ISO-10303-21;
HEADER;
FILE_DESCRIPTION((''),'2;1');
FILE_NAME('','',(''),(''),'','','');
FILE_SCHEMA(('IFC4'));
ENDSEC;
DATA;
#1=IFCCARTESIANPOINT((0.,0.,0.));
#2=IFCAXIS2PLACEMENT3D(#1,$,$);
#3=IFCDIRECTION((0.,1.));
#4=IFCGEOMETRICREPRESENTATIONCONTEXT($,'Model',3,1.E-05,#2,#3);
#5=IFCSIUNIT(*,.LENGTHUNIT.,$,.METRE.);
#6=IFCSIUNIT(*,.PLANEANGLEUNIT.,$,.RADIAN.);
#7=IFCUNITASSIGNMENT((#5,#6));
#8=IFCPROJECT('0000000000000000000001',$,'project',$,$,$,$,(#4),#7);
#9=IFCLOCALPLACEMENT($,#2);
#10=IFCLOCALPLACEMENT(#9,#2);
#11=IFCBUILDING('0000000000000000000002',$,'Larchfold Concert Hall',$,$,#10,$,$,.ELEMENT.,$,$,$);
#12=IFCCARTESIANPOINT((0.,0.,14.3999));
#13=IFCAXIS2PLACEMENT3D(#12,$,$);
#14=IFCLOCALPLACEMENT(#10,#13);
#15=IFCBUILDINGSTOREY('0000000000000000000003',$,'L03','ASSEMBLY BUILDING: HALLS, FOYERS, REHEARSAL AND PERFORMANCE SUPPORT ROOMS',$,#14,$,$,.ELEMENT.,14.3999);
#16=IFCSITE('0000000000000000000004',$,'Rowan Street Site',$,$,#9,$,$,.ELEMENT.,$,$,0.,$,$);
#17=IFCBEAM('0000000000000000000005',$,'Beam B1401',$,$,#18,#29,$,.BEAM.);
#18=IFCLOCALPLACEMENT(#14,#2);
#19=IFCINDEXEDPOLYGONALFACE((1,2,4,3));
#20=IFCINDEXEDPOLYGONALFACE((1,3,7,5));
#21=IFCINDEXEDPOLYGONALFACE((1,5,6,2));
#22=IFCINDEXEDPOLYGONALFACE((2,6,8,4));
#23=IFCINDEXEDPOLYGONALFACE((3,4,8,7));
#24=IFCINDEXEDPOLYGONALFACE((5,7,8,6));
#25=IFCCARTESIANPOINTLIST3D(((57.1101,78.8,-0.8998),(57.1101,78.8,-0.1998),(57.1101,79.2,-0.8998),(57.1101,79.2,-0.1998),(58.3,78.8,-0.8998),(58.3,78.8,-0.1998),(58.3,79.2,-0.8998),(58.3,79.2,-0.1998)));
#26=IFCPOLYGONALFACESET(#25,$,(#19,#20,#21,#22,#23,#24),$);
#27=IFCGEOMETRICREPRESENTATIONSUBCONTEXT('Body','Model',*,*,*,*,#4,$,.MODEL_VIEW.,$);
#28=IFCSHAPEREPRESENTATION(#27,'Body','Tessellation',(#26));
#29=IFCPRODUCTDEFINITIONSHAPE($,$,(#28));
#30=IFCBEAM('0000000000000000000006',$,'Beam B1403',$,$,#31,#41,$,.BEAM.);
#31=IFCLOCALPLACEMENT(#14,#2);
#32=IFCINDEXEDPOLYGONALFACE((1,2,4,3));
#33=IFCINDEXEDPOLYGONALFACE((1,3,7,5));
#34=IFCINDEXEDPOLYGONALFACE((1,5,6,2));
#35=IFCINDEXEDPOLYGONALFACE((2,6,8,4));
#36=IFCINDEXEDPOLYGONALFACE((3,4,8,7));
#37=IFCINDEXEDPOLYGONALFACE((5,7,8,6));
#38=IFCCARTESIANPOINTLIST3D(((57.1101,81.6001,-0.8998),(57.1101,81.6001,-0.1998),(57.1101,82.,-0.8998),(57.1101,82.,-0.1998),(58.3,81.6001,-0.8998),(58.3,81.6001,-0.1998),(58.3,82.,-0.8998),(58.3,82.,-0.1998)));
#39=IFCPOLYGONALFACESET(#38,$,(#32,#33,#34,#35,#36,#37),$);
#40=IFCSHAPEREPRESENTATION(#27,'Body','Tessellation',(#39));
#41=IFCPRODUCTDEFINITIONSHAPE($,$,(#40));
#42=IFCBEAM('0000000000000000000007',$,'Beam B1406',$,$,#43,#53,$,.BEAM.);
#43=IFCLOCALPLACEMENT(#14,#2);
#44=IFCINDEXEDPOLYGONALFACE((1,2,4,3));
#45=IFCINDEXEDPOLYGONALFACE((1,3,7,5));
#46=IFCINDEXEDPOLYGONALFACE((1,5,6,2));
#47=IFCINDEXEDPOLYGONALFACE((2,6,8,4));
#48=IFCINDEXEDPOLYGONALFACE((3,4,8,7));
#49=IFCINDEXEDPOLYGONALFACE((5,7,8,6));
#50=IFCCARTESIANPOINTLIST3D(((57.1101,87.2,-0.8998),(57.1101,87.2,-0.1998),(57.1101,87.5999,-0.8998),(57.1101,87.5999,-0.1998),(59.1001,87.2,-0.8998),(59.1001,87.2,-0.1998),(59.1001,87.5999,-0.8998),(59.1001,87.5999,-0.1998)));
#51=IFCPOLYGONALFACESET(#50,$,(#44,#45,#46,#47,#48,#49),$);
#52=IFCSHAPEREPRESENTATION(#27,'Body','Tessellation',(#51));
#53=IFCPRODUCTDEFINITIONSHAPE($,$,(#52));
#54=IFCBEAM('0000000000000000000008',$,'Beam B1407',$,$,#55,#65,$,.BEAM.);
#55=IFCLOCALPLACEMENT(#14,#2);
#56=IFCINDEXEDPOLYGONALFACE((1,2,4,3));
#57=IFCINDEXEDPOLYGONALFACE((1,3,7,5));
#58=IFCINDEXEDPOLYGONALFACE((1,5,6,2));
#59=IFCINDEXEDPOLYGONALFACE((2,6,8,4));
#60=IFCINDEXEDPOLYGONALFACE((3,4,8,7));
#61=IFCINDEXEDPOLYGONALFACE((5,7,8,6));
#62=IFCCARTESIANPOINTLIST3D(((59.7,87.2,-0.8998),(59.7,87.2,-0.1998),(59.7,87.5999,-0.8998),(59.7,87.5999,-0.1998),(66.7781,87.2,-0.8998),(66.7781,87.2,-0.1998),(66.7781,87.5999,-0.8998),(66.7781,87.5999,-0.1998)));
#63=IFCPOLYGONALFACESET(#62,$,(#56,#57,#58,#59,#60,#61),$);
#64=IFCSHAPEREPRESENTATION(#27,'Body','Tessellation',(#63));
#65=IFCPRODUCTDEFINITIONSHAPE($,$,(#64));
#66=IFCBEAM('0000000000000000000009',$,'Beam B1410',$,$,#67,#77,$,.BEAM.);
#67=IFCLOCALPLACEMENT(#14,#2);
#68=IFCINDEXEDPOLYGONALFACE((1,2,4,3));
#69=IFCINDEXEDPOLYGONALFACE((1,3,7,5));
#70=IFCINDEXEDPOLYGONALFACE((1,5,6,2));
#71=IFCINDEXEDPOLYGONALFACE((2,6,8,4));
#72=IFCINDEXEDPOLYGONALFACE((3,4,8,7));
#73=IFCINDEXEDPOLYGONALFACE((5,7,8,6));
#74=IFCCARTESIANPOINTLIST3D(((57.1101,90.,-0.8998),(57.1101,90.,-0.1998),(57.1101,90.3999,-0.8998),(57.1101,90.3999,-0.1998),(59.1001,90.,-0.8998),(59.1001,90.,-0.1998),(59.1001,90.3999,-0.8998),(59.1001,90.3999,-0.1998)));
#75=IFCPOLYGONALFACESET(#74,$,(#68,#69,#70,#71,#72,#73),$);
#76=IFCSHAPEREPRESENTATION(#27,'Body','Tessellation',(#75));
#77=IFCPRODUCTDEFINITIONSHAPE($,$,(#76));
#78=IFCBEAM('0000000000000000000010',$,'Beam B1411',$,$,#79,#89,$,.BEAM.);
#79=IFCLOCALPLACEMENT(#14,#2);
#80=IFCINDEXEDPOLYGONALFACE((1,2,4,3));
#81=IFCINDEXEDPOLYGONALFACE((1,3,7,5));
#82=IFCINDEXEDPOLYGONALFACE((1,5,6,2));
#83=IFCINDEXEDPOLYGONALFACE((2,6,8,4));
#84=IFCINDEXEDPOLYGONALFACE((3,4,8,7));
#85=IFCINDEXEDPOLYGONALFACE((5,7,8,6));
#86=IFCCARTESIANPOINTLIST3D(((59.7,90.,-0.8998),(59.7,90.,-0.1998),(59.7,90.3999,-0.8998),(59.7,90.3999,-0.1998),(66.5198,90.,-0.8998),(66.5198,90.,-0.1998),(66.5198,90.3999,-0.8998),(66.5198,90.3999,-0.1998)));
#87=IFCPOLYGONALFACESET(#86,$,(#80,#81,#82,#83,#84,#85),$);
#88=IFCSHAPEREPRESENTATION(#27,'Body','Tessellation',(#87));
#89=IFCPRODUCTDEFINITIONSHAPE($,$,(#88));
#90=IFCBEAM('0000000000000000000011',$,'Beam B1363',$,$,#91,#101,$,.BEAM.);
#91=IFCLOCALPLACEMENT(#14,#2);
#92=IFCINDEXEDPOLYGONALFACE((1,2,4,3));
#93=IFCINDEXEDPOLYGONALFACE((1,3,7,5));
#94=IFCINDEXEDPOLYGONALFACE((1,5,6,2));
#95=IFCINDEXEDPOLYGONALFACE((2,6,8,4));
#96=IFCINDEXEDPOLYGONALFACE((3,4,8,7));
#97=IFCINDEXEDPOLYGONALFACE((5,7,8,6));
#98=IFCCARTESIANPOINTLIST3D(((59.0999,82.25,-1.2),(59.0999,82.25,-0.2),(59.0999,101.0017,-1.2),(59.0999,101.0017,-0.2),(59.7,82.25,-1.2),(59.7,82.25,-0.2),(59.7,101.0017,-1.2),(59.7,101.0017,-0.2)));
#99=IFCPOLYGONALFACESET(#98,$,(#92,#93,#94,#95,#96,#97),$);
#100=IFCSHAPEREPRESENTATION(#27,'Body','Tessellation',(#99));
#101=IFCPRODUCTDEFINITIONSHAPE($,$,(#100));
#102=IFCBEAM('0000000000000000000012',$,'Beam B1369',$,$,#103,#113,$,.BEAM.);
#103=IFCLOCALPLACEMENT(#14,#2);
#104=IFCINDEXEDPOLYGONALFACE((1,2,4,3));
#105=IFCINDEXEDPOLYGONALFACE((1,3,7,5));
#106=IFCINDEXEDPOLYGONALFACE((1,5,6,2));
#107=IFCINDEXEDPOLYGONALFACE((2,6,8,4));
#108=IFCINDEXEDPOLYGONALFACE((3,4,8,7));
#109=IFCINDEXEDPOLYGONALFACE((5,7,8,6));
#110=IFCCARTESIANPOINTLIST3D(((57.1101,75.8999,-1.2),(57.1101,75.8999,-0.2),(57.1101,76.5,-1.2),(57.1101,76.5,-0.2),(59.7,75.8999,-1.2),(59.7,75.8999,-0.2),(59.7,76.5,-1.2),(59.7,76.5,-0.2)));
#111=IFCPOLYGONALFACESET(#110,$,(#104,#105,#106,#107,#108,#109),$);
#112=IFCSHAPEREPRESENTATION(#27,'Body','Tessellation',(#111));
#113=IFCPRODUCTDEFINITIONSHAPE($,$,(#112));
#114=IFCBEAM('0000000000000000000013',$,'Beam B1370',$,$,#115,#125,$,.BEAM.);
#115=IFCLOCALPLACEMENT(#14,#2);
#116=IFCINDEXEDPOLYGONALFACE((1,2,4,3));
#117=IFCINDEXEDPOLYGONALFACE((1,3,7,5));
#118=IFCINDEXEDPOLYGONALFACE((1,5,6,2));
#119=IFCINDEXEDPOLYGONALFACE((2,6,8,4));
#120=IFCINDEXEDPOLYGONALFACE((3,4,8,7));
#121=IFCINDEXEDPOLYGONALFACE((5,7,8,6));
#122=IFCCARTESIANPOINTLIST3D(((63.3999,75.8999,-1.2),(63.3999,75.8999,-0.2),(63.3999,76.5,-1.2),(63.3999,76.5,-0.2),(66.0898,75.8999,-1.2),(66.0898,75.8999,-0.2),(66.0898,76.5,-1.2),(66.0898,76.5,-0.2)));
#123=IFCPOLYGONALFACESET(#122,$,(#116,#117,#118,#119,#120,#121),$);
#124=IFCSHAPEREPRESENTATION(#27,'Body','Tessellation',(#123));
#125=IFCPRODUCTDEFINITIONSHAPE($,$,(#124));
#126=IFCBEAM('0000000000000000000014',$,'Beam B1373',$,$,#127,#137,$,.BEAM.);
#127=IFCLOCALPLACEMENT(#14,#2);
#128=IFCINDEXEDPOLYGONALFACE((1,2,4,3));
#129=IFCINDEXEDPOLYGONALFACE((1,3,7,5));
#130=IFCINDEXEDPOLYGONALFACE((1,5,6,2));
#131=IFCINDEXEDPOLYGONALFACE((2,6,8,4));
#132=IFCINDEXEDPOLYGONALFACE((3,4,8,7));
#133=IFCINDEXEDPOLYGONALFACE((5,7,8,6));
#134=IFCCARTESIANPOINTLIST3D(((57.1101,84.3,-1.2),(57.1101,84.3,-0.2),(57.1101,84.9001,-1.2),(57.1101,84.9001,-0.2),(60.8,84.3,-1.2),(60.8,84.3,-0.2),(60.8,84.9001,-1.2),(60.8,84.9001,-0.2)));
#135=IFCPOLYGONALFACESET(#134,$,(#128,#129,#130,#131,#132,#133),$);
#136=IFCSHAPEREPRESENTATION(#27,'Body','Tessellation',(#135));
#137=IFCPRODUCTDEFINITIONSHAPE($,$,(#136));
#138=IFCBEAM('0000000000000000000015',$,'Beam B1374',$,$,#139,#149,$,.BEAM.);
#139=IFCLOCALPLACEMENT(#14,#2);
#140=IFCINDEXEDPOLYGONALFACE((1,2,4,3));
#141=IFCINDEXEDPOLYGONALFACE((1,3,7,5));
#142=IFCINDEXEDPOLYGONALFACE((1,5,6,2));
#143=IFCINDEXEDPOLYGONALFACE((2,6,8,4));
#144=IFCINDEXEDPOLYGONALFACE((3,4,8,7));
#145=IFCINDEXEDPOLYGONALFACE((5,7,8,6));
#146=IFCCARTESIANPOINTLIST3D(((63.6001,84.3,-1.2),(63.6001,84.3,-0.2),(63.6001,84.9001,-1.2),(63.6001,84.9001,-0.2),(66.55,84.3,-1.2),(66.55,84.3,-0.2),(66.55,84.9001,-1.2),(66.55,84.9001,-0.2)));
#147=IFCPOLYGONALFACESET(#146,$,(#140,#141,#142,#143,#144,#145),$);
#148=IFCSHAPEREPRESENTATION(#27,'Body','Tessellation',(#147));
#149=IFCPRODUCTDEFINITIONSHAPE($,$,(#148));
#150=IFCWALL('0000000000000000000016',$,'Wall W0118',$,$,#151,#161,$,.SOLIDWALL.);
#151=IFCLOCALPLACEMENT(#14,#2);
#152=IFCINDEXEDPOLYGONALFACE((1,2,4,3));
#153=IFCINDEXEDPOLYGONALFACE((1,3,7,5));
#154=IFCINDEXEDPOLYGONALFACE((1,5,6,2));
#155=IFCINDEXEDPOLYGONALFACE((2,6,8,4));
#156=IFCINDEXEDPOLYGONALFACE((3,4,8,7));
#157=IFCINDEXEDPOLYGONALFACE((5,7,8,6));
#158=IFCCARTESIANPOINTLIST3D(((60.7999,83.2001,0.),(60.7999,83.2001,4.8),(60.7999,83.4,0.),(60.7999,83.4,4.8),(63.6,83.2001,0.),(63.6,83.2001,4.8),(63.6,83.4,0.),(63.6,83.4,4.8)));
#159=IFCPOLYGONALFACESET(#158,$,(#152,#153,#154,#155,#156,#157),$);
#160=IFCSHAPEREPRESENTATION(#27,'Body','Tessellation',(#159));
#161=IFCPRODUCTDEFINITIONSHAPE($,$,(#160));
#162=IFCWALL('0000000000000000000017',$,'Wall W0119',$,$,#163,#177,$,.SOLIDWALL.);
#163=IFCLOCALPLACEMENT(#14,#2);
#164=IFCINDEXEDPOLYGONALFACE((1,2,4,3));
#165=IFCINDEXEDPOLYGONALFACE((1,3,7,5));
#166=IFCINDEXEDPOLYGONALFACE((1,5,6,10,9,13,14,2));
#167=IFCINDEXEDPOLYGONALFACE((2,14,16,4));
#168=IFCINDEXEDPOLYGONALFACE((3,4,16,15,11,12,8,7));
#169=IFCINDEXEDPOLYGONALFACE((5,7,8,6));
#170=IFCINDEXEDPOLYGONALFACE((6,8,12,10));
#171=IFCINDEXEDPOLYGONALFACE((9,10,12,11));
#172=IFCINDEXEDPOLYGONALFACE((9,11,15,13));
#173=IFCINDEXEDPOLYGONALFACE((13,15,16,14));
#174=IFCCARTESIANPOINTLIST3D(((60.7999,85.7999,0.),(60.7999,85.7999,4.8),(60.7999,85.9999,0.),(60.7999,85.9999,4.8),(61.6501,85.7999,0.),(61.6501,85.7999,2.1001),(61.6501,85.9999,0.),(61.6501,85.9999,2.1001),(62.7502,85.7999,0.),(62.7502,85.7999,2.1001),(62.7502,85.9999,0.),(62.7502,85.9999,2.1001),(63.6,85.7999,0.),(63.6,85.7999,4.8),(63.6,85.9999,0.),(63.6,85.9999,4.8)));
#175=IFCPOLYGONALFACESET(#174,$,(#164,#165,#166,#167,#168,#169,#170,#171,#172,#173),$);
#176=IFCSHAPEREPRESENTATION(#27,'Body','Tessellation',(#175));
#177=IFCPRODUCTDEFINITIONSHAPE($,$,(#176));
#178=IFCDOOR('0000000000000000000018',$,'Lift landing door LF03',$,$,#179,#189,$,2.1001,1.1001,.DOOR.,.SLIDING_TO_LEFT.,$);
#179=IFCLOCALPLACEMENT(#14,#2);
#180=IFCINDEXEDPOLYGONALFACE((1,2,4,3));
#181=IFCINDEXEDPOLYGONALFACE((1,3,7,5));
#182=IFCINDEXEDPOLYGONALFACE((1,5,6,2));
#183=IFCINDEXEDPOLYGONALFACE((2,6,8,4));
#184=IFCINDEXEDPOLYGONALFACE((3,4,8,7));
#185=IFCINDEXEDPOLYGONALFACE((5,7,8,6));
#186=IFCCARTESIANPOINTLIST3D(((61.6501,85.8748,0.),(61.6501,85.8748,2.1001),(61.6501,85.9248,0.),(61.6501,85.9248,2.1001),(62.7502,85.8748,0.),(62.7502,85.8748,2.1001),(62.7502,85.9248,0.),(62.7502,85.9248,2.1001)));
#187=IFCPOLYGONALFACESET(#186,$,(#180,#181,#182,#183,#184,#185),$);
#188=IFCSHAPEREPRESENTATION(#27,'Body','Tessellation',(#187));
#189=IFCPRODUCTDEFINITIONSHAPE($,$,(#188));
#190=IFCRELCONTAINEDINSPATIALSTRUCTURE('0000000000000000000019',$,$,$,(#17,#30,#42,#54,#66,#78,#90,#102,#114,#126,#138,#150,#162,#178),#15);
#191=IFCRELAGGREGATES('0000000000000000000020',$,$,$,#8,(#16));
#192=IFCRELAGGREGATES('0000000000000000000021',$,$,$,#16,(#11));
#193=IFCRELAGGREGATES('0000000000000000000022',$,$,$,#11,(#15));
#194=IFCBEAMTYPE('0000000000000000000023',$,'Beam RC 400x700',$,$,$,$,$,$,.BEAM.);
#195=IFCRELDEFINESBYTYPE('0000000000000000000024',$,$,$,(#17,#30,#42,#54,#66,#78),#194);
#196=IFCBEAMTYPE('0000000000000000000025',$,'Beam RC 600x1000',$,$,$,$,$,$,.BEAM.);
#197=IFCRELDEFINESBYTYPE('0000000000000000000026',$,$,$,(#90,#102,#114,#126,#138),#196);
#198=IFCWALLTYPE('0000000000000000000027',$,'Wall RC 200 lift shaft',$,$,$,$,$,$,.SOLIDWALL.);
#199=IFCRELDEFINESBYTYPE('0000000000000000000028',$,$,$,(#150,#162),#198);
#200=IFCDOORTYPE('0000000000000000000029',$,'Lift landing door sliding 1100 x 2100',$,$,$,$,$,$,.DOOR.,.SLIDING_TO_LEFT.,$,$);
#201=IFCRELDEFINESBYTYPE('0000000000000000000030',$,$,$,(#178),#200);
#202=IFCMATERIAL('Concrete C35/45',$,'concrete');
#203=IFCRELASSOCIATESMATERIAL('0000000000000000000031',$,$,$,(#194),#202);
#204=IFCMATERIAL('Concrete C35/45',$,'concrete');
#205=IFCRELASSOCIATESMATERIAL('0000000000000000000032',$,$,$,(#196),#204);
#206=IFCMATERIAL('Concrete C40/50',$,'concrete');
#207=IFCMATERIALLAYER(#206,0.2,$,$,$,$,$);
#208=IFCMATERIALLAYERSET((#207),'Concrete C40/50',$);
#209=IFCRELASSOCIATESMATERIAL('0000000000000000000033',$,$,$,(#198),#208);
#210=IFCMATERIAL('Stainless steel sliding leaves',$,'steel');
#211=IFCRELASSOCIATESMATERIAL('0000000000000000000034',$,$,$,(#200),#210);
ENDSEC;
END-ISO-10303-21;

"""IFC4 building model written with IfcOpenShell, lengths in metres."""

from ifc_helpers import new_model, si_unit, direction, frame, frame_2d, origin, origin_2d, place, context, subcontext, project, spatial, rectangle, extrude, material, layer, layer_set, material_profile, profile_set, type_object, element, fill, save


model = new_model("IFC4")

# Units and contexts
model_context = context("Model", 3, precision=1e-05, world=origin(), true_north=direction((0.0, 1.0)))
body_context = subcontext(model_context, "Body", "Model", "MODEL_VIEW")
ifc_project = project(units=[si_unit("LENGTHUNIT", "METRE"), si_unit("PLANEANGLEUNIT", "RADIAN")], contexts=[model_context])

# Site, building, storey
site_placement = place(None, origin())
site = spatial("IfcSite", under=ifc_project, at=site_placement, Name="Rowan Street Site", CompositionType="ELEMENT", RefElevation=0.0)
building_placement = place(site_placement, origin())
building = spatial("IfcBuilding", under=site, at=building_placement, Name="Larchfold Concert Hall", CompositionType="ELEMENT")
storey_placement = place(building_placement, frame((0.0, 0.0, 14.3999)))
storey = spatial("IfcBuildingStorey", under=building, at=storey_placement, Name="L03", Description="ASSEMBLY BUILDING: HALLS, FOYERS, REHEARSAL AND PERFORMANCE SUPPORT ROOMS", CompositionType="ELEMENT", Elevation=14.3999)

# Beams
ifc_material_1 = material(Name="Concrete C35/45", Category="concrete")
ifc_material_profile_1 = material_profile(ifc_material_1, rectangle(XDim=0.3999, YDim=0.7, at=origin_2d()))
ifc_profile_set_1 = profile_set([ifc_material_profile_1], Name="Concrete C35/45")
beam_type_1 = type_object("IfcBeamType", Name="Beam RC 400x700", PredefinedType="BEAM", material=ifc_profile_set_1)
for number, where, z_axis, x_axis, name in (
    (1, (57.1101, 79.0, -0.5498), (1.0, 0.0, 0.0), (0.0, 1.0, 0.0), "Beam B1401"),
    (2, (57.1101, 81.8, -0.5498), (1.0, 0.0, 0.0), (0.0, 1.0, 0.0), "Beam B1403"),
):
    element("IfcBeam", number, at=place(storey_placement, frame(where, z_axis=z_axis, x_axis=x_axis)), inside=storey, type_object=beam_type_1, Name=name, PredefinedType="BEAM", context=body_context, shape_type="SweptSolid", body=[
        extrude(rectangle(XDim=0.3999, YDim=0.7, at=origin_2d()), origin(), (0.0, 0.0, 1.0), 1.1899),
    ])
beam_1_placement = place(storey_placement, frame((57.1101, 87.3999, -0.5498), z_axis=(1.0, 0.0, 0.0), x_axis=(0.0, 1.0, 0.0)))
element("IfcBeam", 3, at=beam_1_placement, inside=storey, type_object=beam_type_1, Name="Beam B1406", PredefinedType="BEAM", context=body_context, shape_type="SweptSolid", body=[
    extrude(rectangle(XDim=0.3999, YDim=0.7, at=origin_2d()), origin(), (0.0, 0.0, 1.0), 1.99),
])
beam_2_placement = place(storey_placement, frame((59.7, 87.3999, -0.5498), z_axis=(1.0, 0.0, 0.0), x_axis=(0.0, 1.0, 0.0)))
element("IfcBeam", 4, at=beam_2_placement, inside=storey, type_object=beam_type_1, Name="Beam B1407", PredefinedType="BEAM", context=body_context, shape_type="SweptSolid", body=[
    extrude(rectangle(XDim=0.3999, YDim=0.7, at=origin_2d()), origin(), (0.0, 0.0, 1.0), 7.0781),
])
beam_3_placement = place(storey_placement, frame((57.1101, 90.2, -0.5498), z_axis=(1.0, 0.0, 0.0), x_axis=(0.0, 1.0, 0.0)))
element("IfcBeam", 5, at=beam_3_placement, inside=storey, type_object=beam_type_1, Name="Beam B1410", PredefinedType="BEAM", context=body_context, shape_type="SweptSolid", body=[
    extrude(rectangle(XDim=0.3999, YDim=0.7, at=origin_2d()), origin(), (0.0, 0.0, 1.0), 1.99),
])
beam_4_placement = place(storey_placement, frame((59.7, 90.2, -0.5498), z_axis=(1.0, 0.0, 0.0), x_axis=(0.0, 1.0, 0.0)))
element("IfcBeam", 6, at=beam_4_placement, inside=storey, type_object=beam_type_1, Name="Beam B1411", PredefinedType="BEAM", context=body_context, shape_type="SweptSolid", body=[
    extrude(rectangle(XDim=0.3999, YDim=0.7, at=origin_2d()), origin(), (0.0, 0.0, 1.0), 6.8198),
])
ifc_material_2 = material(Name="Concrete C35/45", Category="concrete")
ifc_material_profile_2 = material_profile(ifc_material_2, rectangle(XDim=0.6001, YDim=1.0, at=origin_2d()))
ifc_profile_set_2 = profile_set([ifc_material_profile_2], Name="Concrete C35/45")
beam_type_2 = type_object("IfcBeamType", Name="Beam RC 600x1000", PredefinedType="BEAM", material=ifc_profile_set_2)
beam_5_placement = place(storey_placement, frame((59.3999, 82.25, -0.7), z_axis=(0.0, 1.0, 0.0), x_axis=(-1.0, 0.0, 0.0)))
element("IfcBeam", 7, at=beam_5_placement, inside=storey, type_object=beam_type_2, Name="Beam B1363", PredefinedType="BEAM", context=body_context, shape_type="SweptSolid", body=[
    extrude(rectangle(XDim=0.6001, YDim=1.0, at=origin_2d()), origin(), (0.0, 0.0, 1.0), 18.7517),
])
beam_6_placement = place(storey_placement, frame((57.1101, 76.2, -0.7), z_axis=(1.0, 0.0, 0.0), x_axis=(0.0, 1.0, 0.0)))
element("IfcBeam", 8, at=beam_6_placement, inside=storey, type_object=beam_type_2, Name="Beam B1369", PredefinedType="BEAM", context=body_context, shape_type="SweptSolid", body=[
    extrude(rectangle(XDim=0.6001, YDim=1.0, at=origin_2d()), origin(), (0.0, 0.0, 1.0), 2.5898),
])
beam_7_placement = place(storey_placement, frame((63.3999, 76.2, -0.7), z_axis=(1.0, 0.0, 0.0), x_axis=(0.0, 1.0, 0.0)))
element("IfcBeam", 9, at=beam_7_placement, inside=storey, type_object=beam_type_2, Name="Beam B1370", PredefinedType="BEAM", context=body_context, shape_type="SweptSolid", body=[
    extrude(rectangle(XDim=0.6001, YDim=1.0, at=origin_2d()), origin(), (0.0, 0.0, 1.0), 2.6899),
])
beam_8_placement = place(storey_placement, frame((57.1101, 84.6001, -0.7), z_axis=(1.0, 0.0, 0.0), x_axis=(0.0, 1.0, 0.0)))
element("IfcBeam", 10, at=beam_8_placement, inside=storey, type_object=beam_type_2, Name="Beam B1373", PredefinedType="BEAM", context=body_context, shape_type="SweptSolid", body=[
    extrude(rectangle(XDim=0.6001, YDim=1.0, at=origin_2d()), origin(), (0.0, 0.0, 1.0), 3.6899),
])
beam_9_placement = place(storey_placement, frame((63.6001, 84.6001, -0.7), z_axis=(1.0, 0.0, 0.0), x_axis=(0.0, 1.0, 0.0)))
element("IfcBeam", 11, at=beam_9_placement, inside=storey, type_object=beam_type_2, Name="Beam B1374", PredefinedType="BEAM", context=body_context, shape_type="SweptSolid", body=[
    extrude(rectangle(XDim=0.6001, YDim=1.0, at=origin_2d()), origin(), (0.0, 0.0, 1.0), 2.95),
])

# Wall
ifc_material_3 = material(Name="Concrete C40/50", Category="concrete")
ifc_layer_1 = layer(ifc_material_3, 0.2)
ifc_layer_set_1 = layer_set([ifc_layer_1], Name="Concrete C40/50")
wall_type_1 = type_object("IfcWallType", Name="Wall RC 200 lift shaft", PredefinedType="SOLIDWALL", material=ifc_layer_set_1)
wall_1_placement = place(storey_placement, frame((60.8, 83.3, 0.0), z_axis=(0.0, 0.0, 1.0), x_axis=(1.0, 0.0, 0.0)))
element("IfcWall", 12, at=wall_1_placement, inside=storey, type_object=wall_type_1, Name="Wall W0118", PredefinedType="SOLIDWALL", context=body_context, shape_type="SweptSolid", body=[
    extrude(rectangle(XDim=2.8, YDim=0.2, at=frame_2d((1.3999, 0.0))), origin(), (0.0, 0.0, 1.0), 4.8),
])

# Wall, opening, door
wall_2_placement = place(storey_placement, frame((60.8, 85.8999, 0.0), z_axis=(0.0, 0.0, 1.0), x_axis=(1.0, 0.0, 0.0)))
wall_2 = element("IfcWall", 13, at=wall_2_placement, inside=storey, type_object=wall_type_1, Name="Wall W0119", PredefinedType="SOLIDWALL", context=body_context, shape_type="SweptSolid", body=[
    extrude(rectangle(XDim=2.8, YDim=0.2, at=frame_2d((1.3999, 0.0))), origin(), (0.0, 0.0, 1.0), 4.8),
])
opening_1_placement = place(wall_2_placement, frame((0.8501, 0.0, 0.0)))
opening_1 = element("IfcOpeningElement", 14, at=opening_1_placement, cuts=wall_2, PredefinedType="OPENING", context=body_context, shape_type="SweptSolid", body=[
    extrude(rectangle(XDim=1.1001, YDim=2.1001, at=frame_2d((0.55, 1.05))), frame((0.0, 0.1099, 0.0), z_axis=(0.0, -1.0, 0.0), x_axis=(1.0, 0.0, 0.0)), (0.0, 0.0, 1.0), 0.22),
])
ifc_material_4 = material(Name="Stainless steel sliding leaves", Category="steel")
door_type_1 = type_object("IfcDoorType", Name="Lift landing door sliding 1100 x 2100", OperationType="SLIDING_TO_LEFT", PredefinedType="DOOR", material=ifc_material_4)
door_1_placement = place(opening_1_placement, origin())
door_1 = element("IfcDoor", 15, at=door_1_placement, inside=storey, type_object=door_type_1, Name="Lift landing door LF03", OperationType="SLIDING_TO_LEFT", OverallHeight=2.1001, OverallWidth=1.1001, PredefinedType="DOOR", context=body_context, shape_type="SweptSolid", body=[
    extrude(rectangle(XDim=1.1001, YDim=2.1001, at=frame_2d((0.55, 1.05))), frame((0.0, 0.0249, 0.0), z_axis=(0.0, -1.0, 0.0), x_axis=(1.0, 0.0, 0.0)), (0.0, 0.0, 1.0), 0.05),
])
fill(opening_1, door_1)

save(model, "model.ifc")
